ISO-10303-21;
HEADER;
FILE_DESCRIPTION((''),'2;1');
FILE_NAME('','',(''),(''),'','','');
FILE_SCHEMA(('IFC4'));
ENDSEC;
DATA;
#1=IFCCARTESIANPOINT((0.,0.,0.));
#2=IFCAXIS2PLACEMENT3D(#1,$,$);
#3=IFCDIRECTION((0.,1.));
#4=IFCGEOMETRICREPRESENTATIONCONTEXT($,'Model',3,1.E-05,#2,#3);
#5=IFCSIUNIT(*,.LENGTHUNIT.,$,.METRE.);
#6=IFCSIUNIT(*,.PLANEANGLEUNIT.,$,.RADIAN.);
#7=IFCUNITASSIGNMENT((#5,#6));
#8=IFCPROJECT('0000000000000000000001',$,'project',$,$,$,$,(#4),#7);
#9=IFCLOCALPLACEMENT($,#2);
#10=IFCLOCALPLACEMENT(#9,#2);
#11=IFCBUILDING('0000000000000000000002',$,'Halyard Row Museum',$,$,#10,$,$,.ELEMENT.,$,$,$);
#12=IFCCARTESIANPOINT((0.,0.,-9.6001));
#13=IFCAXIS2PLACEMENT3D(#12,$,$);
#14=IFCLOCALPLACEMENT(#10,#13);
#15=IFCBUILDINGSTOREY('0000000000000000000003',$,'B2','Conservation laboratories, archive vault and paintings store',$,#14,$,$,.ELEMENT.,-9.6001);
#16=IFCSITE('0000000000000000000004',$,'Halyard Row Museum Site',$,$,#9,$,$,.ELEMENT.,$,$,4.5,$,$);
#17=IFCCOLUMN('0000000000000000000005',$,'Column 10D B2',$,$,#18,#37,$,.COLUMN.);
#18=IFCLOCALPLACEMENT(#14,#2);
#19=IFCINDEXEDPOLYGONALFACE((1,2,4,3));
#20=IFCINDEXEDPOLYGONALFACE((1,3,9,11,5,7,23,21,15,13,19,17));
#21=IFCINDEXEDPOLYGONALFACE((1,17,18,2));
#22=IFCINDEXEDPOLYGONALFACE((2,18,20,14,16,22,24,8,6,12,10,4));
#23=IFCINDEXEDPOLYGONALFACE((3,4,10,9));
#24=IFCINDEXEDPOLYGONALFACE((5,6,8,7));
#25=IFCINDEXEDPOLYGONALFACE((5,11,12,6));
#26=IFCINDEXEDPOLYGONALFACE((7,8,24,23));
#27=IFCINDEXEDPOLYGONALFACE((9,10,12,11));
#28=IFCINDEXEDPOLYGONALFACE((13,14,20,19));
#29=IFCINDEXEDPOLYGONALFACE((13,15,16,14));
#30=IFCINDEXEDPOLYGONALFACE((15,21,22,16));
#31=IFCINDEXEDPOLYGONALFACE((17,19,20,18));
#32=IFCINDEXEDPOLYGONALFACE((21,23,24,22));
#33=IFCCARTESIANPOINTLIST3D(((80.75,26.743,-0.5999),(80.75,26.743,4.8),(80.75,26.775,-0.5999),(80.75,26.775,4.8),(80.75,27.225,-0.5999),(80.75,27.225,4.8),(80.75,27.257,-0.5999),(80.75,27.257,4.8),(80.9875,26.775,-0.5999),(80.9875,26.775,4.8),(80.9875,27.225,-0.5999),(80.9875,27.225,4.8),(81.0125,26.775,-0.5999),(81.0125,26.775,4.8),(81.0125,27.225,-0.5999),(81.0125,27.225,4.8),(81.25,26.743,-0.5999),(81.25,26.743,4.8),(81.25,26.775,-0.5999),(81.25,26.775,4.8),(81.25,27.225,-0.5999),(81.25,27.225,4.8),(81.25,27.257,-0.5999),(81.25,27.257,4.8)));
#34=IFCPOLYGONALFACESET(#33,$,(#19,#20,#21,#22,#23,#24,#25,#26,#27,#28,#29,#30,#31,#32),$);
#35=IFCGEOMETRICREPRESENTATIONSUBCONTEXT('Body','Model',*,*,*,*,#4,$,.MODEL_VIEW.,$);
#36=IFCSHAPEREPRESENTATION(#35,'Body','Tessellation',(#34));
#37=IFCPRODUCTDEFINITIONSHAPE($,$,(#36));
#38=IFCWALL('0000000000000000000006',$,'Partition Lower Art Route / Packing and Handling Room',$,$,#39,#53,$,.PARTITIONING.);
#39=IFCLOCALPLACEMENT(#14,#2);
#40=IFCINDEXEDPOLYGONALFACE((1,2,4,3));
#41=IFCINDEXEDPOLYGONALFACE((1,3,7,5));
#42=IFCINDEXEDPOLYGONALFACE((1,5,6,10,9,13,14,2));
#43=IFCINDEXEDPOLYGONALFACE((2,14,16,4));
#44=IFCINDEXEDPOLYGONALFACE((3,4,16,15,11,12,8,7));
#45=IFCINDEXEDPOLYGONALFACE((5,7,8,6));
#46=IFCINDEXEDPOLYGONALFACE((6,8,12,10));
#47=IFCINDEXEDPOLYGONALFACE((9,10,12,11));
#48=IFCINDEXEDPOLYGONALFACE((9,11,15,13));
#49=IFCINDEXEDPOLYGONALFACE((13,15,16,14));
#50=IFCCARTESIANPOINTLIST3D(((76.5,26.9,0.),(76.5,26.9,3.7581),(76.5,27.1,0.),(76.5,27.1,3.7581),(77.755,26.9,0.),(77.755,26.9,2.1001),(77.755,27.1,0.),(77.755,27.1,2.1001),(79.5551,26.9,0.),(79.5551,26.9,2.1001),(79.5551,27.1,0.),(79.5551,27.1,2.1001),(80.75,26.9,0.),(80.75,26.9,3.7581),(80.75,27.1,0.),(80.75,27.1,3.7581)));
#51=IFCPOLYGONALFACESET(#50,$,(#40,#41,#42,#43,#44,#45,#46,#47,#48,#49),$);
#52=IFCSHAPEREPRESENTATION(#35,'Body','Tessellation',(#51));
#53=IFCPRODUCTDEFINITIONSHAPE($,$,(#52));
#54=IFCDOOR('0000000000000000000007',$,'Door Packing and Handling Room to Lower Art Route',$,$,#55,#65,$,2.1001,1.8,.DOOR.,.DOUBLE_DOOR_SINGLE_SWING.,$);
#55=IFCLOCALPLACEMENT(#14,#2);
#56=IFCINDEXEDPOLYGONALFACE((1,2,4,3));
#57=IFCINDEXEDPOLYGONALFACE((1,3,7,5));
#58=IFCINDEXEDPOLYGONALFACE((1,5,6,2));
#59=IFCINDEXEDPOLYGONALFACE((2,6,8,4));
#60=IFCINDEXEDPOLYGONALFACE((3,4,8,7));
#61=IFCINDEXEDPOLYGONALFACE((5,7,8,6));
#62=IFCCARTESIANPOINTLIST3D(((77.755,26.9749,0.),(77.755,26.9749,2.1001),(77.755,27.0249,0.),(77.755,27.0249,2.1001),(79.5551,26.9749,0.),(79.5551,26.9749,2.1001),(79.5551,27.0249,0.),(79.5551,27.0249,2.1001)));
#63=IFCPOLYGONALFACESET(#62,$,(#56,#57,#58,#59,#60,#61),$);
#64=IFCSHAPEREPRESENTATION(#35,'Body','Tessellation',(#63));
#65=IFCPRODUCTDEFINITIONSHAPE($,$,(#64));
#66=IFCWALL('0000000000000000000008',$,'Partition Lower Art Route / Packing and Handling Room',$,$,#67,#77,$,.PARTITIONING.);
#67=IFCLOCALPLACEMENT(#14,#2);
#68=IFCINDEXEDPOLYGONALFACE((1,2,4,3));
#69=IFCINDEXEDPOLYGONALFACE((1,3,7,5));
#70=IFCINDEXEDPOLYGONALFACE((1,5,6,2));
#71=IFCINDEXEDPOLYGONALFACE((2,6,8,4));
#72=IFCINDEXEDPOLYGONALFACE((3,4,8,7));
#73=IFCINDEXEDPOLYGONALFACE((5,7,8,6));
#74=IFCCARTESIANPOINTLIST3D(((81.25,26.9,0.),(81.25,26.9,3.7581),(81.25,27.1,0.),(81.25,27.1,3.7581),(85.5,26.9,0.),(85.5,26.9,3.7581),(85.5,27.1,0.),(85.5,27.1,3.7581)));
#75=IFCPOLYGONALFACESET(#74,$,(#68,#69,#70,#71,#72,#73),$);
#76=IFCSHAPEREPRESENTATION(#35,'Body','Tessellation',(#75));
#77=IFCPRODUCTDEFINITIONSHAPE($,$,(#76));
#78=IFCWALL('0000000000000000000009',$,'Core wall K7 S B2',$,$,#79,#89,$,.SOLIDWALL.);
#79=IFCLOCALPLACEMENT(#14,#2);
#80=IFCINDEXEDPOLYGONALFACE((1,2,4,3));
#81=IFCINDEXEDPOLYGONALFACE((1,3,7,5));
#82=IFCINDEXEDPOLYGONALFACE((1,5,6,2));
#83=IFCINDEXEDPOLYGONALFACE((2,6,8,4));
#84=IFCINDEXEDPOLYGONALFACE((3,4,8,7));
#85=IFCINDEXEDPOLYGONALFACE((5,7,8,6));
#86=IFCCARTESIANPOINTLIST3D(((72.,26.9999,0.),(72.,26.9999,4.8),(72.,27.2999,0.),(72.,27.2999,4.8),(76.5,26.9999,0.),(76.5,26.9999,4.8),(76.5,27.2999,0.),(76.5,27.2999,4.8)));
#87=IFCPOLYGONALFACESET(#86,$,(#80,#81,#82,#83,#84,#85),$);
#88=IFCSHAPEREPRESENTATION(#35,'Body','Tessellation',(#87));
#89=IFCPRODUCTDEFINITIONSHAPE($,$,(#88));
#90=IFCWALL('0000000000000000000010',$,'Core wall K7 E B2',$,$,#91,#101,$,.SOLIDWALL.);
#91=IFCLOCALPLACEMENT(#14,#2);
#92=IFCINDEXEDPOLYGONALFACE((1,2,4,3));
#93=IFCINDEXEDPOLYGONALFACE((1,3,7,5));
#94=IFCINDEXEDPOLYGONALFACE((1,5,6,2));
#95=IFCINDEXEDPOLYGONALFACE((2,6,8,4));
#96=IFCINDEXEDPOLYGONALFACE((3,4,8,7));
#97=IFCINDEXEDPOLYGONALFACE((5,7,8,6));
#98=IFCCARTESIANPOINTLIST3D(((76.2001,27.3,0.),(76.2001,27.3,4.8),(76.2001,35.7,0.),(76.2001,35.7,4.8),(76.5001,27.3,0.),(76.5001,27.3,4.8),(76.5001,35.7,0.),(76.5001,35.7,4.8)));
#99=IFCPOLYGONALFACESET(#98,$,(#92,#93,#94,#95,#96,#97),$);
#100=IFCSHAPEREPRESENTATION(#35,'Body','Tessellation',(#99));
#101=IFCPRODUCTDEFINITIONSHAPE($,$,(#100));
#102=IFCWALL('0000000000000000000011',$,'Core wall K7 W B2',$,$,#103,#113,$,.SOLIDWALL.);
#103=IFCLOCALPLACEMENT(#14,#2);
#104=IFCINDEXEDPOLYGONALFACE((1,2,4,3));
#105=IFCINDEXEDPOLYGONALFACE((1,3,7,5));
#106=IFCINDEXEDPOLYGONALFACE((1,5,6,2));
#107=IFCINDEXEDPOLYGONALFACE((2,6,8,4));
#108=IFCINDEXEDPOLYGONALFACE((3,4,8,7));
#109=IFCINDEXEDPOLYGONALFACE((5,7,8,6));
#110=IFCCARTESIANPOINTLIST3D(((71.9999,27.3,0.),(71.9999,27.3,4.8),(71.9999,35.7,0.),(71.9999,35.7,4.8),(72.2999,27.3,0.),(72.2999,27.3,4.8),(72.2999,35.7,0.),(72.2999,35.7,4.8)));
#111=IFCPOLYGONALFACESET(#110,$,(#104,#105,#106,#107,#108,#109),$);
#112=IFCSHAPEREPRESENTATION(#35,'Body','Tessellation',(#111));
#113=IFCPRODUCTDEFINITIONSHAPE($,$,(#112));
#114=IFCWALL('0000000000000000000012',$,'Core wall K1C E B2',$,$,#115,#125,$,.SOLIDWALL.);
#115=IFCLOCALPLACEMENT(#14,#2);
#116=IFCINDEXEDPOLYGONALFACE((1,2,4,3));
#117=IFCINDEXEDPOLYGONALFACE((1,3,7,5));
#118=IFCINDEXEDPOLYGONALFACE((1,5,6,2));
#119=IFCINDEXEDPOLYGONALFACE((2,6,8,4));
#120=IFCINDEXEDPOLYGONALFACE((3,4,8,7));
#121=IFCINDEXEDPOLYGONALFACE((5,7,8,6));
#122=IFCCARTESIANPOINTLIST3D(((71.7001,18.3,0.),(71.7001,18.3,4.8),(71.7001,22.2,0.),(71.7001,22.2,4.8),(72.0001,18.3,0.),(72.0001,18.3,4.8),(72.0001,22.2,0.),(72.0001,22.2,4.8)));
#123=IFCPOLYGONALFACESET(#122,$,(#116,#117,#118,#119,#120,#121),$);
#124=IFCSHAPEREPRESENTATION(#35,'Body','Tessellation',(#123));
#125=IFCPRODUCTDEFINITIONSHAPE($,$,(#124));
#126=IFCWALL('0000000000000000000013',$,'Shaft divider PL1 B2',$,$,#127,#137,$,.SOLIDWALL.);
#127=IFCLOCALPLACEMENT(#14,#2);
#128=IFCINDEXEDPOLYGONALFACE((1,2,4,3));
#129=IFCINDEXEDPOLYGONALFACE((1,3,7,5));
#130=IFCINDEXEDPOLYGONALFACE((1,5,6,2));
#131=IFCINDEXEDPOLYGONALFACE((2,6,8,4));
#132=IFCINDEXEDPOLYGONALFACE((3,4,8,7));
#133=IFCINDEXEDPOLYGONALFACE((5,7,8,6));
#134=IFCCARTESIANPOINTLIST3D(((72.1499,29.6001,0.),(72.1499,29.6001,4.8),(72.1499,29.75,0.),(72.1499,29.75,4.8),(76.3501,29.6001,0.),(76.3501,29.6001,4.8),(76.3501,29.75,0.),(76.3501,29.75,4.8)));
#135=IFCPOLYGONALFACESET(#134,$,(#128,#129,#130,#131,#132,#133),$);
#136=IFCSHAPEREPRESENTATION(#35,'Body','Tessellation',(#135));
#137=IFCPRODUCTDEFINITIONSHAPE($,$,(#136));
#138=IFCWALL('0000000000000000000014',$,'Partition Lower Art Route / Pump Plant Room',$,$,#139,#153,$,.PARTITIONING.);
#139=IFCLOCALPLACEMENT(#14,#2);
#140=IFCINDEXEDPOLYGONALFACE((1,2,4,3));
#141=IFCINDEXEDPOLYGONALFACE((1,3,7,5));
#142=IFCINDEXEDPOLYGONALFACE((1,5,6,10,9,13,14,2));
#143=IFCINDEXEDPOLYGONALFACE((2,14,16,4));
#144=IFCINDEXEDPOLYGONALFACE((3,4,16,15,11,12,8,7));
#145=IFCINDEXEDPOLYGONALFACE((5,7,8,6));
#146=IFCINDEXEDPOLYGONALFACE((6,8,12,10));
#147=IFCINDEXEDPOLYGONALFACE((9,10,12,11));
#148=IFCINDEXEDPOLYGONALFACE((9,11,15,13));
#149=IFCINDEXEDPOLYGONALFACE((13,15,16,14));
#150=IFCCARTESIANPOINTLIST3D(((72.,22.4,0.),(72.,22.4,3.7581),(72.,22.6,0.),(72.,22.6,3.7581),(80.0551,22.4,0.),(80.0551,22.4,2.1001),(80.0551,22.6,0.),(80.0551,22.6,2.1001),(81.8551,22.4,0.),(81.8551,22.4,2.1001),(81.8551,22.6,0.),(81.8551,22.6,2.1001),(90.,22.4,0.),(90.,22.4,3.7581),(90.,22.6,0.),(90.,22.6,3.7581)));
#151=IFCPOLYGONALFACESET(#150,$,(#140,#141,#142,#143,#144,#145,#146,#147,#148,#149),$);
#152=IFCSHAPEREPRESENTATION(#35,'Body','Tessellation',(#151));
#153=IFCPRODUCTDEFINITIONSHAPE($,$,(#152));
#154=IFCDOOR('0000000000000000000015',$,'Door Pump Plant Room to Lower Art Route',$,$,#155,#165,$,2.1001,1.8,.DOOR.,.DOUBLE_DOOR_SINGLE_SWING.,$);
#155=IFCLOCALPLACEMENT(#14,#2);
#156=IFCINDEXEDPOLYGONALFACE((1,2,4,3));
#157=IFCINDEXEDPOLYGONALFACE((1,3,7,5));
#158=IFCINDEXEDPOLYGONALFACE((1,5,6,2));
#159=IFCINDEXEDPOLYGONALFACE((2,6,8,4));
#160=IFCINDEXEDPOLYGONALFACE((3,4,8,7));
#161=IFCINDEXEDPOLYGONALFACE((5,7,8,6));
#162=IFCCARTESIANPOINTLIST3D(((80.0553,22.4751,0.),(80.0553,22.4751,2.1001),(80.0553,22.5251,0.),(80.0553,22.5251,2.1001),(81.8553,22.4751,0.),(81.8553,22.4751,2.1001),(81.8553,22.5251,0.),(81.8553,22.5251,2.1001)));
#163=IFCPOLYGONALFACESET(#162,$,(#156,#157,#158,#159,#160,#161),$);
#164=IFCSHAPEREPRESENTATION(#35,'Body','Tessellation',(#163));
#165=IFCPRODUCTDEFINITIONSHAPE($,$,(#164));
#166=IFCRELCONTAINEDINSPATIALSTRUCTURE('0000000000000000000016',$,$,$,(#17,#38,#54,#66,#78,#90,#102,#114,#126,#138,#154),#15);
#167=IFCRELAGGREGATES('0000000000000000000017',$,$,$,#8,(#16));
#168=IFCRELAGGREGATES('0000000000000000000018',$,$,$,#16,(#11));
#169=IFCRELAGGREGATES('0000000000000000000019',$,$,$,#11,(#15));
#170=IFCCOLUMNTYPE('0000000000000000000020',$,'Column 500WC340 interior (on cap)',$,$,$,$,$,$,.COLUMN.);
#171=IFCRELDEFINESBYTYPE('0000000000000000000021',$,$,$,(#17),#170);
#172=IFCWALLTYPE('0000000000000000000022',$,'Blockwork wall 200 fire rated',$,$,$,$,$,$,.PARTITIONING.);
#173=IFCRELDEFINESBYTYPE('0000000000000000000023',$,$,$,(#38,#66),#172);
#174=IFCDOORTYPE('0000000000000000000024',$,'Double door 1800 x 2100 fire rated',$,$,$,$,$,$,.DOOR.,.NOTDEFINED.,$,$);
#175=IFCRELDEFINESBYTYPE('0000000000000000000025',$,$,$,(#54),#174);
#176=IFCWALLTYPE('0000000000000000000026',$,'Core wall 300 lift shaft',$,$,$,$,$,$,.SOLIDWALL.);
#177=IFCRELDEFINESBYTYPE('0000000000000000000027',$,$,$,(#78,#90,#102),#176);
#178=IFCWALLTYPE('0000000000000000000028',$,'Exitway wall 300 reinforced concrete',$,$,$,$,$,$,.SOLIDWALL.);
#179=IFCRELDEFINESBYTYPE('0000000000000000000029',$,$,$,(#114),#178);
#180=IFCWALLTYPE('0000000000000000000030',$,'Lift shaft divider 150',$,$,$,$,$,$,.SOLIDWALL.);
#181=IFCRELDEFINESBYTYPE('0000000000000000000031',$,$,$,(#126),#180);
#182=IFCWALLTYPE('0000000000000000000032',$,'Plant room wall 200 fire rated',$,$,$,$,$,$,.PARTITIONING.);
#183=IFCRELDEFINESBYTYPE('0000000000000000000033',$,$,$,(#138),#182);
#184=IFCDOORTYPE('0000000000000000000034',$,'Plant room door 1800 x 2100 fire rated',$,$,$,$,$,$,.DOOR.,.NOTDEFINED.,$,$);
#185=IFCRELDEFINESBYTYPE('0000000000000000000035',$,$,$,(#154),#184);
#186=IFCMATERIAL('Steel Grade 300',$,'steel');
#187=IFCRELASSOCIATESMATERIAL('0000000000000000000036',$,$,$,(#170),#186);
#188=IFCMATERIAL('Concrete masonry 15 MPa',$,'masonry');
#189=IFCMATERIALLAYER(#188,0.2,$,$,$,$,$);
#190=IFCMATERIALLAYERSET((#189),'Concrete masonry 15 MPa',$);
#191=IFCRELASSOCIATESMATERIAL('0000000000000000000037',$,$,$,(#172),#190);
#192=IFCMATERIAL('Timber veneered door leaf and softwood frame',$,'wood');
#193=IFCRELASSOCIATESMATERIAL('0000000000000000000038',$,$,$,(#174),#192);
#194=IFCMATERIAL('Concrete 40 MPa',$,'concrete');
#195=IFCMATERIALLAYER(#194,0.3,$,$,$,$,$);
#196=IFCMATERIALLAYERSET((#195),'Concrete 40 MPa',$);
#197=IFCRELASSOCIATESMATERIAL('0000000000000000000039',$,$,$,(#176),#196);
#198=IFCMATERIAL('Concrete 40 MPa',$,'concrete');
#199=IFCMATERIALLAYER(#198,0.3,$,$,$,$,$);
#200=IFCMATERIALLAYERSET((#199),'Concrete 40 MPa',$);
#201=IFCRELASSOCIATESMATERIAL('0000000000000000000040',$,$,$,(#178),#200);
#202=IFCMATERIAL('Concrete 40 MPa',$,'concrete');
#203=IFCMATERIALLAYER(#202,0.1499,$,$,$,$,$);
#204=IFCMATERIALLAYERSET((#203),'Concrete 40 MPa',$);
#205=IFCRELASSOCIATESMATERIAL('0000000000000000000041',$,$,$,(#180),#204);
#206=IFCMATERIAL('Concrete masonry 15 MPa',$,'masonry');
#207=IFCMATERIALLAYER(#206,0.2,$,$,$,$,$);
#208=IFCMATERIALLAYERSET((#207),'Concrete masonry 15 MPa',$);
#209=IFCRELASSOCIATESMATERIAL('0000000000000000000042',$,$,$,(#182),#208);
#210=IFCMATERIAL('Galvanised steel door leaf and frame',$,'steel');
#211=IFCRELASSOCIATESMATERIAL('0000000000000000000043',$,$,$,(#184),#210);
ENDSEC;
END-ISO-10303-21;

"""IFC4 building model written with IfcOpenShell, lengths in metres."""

from ifc_helpers import new_model, si_unit, direction, frame, frame_2d, origin, origin_2d, place, context, subcontext, project, spatial, rectangle, i_section, extrude, material, layer, layer_set, material_profile, profile_set, type_object, element, fill, save


model = new_model("IFC4")

# Units and contexts
model_context = context("Model", 3, precision=1e-05, world=origin(), true_north=direction((0.0, 1.0)))
body_context = subcontext(model_context, "Body", "Model", "MODEL_VIEW")
ifc_project = project(units=[si_unit("LENGTHUNIT", "METRE"), si_unit("PLANEANGLEUNIT", "RADIAN")], contexts=[model_context])

# Site, building, storey
site_placement = place(None, origin())
site = spatial("IfcSite", under=ifc_project, at=site_placement, Name="Halyard Row Museum Site", CompositionType="ELEMENT", RefElevation=4.5)
building_placement = place(site_placement, origin())
building = spatial("IfcBuilding", under=site, at=building_placement, Name="Halyard Row Museum", CompositionType="ELEMENT")
storey_placement = place(building_placement, frame((0.0, 0.0, -9.6001)))
storey = spatial("IfcBuildingStorey", under=building, at=storey_placement, Name="B2", Description="Conservation laboratories, archive vault and paintings store", CompositionType="ELEMENT", Elevation=-9.6001)

# Column
ifc_material_1 = material(Name="Steel Grade 300", Category="steel")
ifc_material_profile_1 = material_profile(ifc_material_1, i_section(OverallWidth=0.5, OverallDepth=0.5139, WebThickness=0.0249, FlangeThickness=0.032, at=origin_2d()), Name="500WC340")
ifc_profile_set_1 = profile_set([ifc_material_profile_1], Name="Steel Grade 300")
column_type_1 = type_object("IfcColumnType", Name="Column 500WC340 interior (on cap)", PredefinedType="COLUMN", material=ifc_profile_set_1)
column_1_placement = place(storey_placement, frame((81.0, 27.0, -0.5999), z_axis=(0.0, 0.0, 1.0), x_axis=(1.0, 0.0, 0.0)))
element("IfcColumn", 1, at=column_1_placement, inside=storey, type_object=column_type_1, Name="Column 10D B2", PredefinedType="COLUMN", context=body_context, shape_type="SweptSolid", body=[
    extrude(i_section(OverallWidth=0.5, OverallDepth=0.5139, WebThickness=0.0249, FlangeThickness=0.032, at=origin_2d()), origin(), (0.0, 0.0, 1.0), 5.3999),
])

# Wall, opening, door
ifc_material_2 = material(Name="Concrete masonry 15 MPa", Category="masonry")
ifc_layer_1 = layer(ifc_material_2, 0.2)
ifc_layer_set_1 = layer_set([ifc_layer_1], Name="Concrete masonry 15 MPa")
wall_type_1 = type_object("IfcWallType", Name="Blockwork wall 200 fire rated", PredefinedType="PARTITIONING", material=ifc_layer_set_1)
wall_1_placement = place(storey_placement, frame((76.5, 27.0, 0.0), z_axis=(0.0, 0.0, 1.0), x_axis=(1.0, 0.0, 0.0)))
wall_1 = element("IfcWall", 2, at=wall_1_placement, inside=storey, type_object=wall_type_1, Name="Partition Lower Art Route / Packing and Handling Room", PredefinedType="PARTITIONING", context=body_context, shape_type="SweptSolid", body=[
    extrude(rectangle(XDim=4.25, YDim=0.2, at=frame_2d((2.125, 0.0))), origin(), (0.0, 0.0, 1.0), 3.7581),
])
opening_1_placement = place(wall_1_placement, frame((1.2551, 0.0, 0.0)))
opening_1 = element("IfcOpeningElement", 3, at=opening_1_placement, cuts=wall_1, PredefinedType="OPENING", context=body_context, shape_type="SweptSolid", body=[
    extrude(rectangle(XDim=1.8, YDim=2.1001, at=frame_2d((0.8999, 1.05))), frame((0.0, 0.1099, 0.0), z_axis=(0.0, -1.0, 0.0), x_axis=(1.0, 0.0, 0.0)), (0.0, 0.0, 1.0), 0.22),
])
ifc_material_3 = material(Name="Timber veneered door leaf and softwood frame", Category="wood")
door_type_1 = type_object("IfcDoorType", Name="Double door 1800 x 2100 fire rated", OperationType="NOTDEFINED", PredefinedType="DOOR", material=ifc_material_3)
door_1_placement = place(opening_1_placement, origin())
door_1 = element("IfcDoor", 4, at=door_1_placement, inside=storey, type_object=door_type_1, Name="Door Packing and Handling Room to Lower Art Route", OperationType="DOUBLE_DOOR_SINGLE_SWING", OverallHeight=2.1001, OverallWidth=1.8, PredefinedType="DOOR", context=body_context, shape_type="SweptSolid", body=[
    extrude(rectangle(XDim=1.8, YDim=2.1001, at=frame_2d((0.8999, 1.05))), frame((0.0, 0.0249, 0.0), z_axis=(0.0, -1.0, 0.0), x_axis=(1.0, 0.0, 0.0)), (0.0, 0.0, 1.0), 0.05),
])
fill(opening_1, door_1)

# Walls
wall_2_placement = place(storey_placement, frame((81.25, 27.0, 0.0), z_axis=(0.0, 0.0, 1.0), x_axis=(1.0, 0.0, 0.0)))
element("IfcWall", 5, at=wall_2_placement, inside=storey, type_object=wall_type_1, Name="Partition Lower Art Route / Packing and Handling Room", PredefinedType="PARTITIONING", context=body_context, shape_type="SweptSolid", body=[
    extrude(rectangle(XDim=4.25, YDim=0.2, at=frame_2d((2.125, 0.0))), origin(), (0.0, 0.0, 1.0), 3.7581),
])
ifc_material_4 = material(Name="Concrete 40 MPa", Category="concrete")
ifc_layer_2 = layer(ifc_material_4, 0.3)
ifc_layer_set_2 = layer_set([ifc_layer_2], Name="Concrete 40 MPa")
wall_type_2 = type_object("IfcWallType", Name="Core wall 300 lift shaft", PredefinedType="SOLIDWALL", material=ifc_layer_set_2)
wall_3_placement = place(storey_placement, frame((72.0, 27.1499, 0.0), z_axis=(0.0, 0.0, 1.0), x_axis=(1.0, 0.0, 0.0)))
element("IfcWall", 6, at=wall_3_placement, inside=storey, type_object=wall_type_2, Name="Core wall K7 S B2", PredefinedType="SOLIDWALL", context=body_context, shape_type="SweptSolid", body=[
    extrude(rectangle(XDim=4.5, YDim=0.3, at=frame_2d((2.25, 0.0))), origin(), (0.0, 0.0, 1.0), 4.8),
])
for number, where, z_axis, x_axis, name in (
    (7, (76.3501, 27.3, 0.0), (0.0, 0.0, 1.0), (0.0, 1.0, 0.0), "Core wall K7 E B2"),
    (8, (72.1499, 27.3, 0.0), (0.0, 0.0, 1.0), (0.0, 1.0, 0.0), "Core wall K7 W B2"),
):
    element("IfcWall", number, at=place(storey_placement, frame(where, z_axis=z_axis, x_axis=x_axis)), inside=storey, type_object=wall_type_2, Name=name, PredefinedType="SOLIDWALL", context=body_context, shape_type="SweptSolid", body=[
        extrude(rectangle(XDim=8.3999, YDim=0.3, at=frame_2d((4.2, 0.0))), origin(), (0.0, 0.0, 1.0), 4.8),
    ])
ifc_material_5 = material(Name="Concrete 40 MPa", Category="concrete")
ifc_layer_3 = layer(ifc_material_5, 0.3)
ifc_layer_set_3 = layer_set([ifc_layer_3], Name="Concrete 40 MPa")
wall_type_3 = type_object("IfcWallType", Name="Exitway wall 300 reinforced concrete", PredefinedType="SOLIDWALL", material=ifc_layer_set_3)
wall_4_placement = place(storey_placement, frame((71.8501, 18.3, 0.0), z_axis=(0.0, 0.0, 1.0), x_axis=(0.0, 1.0, 0.0)))
element("IfcWall", 9, at=wall_4_placement, inside=storey, type_object=wall_type_3, Name="Core wall K1C E B2", PredefinedType="SOLIDWALL", context=body_context, shape_type="SweptSolid", body=[
    extrude(rectangle(XDim=3.8999, YDim=0.3, at=frame_2d((1.95, 0.0))), origin(), (0.0, 0.0, 1.0), 4.8),
])
ifc_material_6 = material(Name="Concrete 40 MPa", Category="concrete")
ifc_layer_4 = layer(ifc_material_6, 0.1499)
ifc_layer_set_4 = layer_set([ifc_layer_4], Name="Concrete 40 MPa")
wall_type_4 = type_object("IfcWallType", Name="Lift shaft divider 150", PredefinedType="SOLIDWALL", material=ifc_layer_set_4)
wall_5_placement = place(storey_placement, frame((72.1499, 29.675, 0.0), z_axis=(0.0, 0.0, 1.0), x_axis=(1.0, 0.0, 0.0)))
element("IfcWall", 10, at=wall_5_placement, inside=storey, type_object=wall_type_4, Name="Shaft divider PL1 B2", PredefinedType="SOLIDWALL", context=body_context, shape_type="SweptSolid", body=[
    extrude(rectangle(XDim=4.2002, YDim=0.1499, at=frame_2d((2.1001, 0.0))), origin(), (0.0, 0.0, 1.0), 4.8),
])

# Wall, opening, door
ifc_material_7 = material(Name="Concrete masonry 15 MPa", Category="masonry")
ifc_layer_5 = layer(ifc_material_7, 0.2)
ifc_layer_set_5 = layer_set([ifc_layer_5], Name="Concrete masonry 15 MPa")
wall_type_5 = type_object("IfcWallType", Name="Plant room wall 200 fire rated", PredefinedType="PARTITIONING", material=ifc_layer_set_5)
wall_6_placement = place(storey_placement, frame((72.0, 22.5, 0.0), z_axis=(0.0, 0.0, 1.0), x_axis=(1.0, 0.0, 0.0)))
wall_6 = element("IfcWall", 11, at=wall_6_placement, inside=storey, type_object=wall_type_5, Name="Partition Lower Art Route / Pump Plant Room", PredefinedType="PARTITIONING", context=body_context, shape_type="SweptSolid", body=[
    extrude(rectangle(XDim=18.0, YDim=0.2, at=frame_2d((9.0, 0.0))), origin(), (0.0, 0.0, 1.0), 3.7581),
])
opening_2_placement = place(wall_6_placement, frame((8.0552, 0.0, 0.0)))
opening_2 = element("IfcOpeningElement", 12, at=opening_2_placement, cuts=wall_6, PredefinedType="OPENING", context=body_context, shape_type="SweptSolid", body=[
    extrude(rectangle(XDim=1.8, YDim=2.1001, at=frame_2d((0.8999, 1.05))), frame((0.0, 0.1099, 0.0), z_axis=(0.0, -1.0, 0.0), x_axis=(1.0, 0.0, 0.0)), (0.0, 0.0, 1.0), 0.22),
])
ifc_material_8 = material(Name="Galvanised steel door leaf and frame", Category="steel")
door_type_2 = type_object("IfcDoorType", Name="Plant room door 1800 x 2100 fire rated", OperationType="NOTDEFINED", PredefinedType="DOOR", material=ifc_material_8)
door_2_placement = place(opening_2_placement, frame((1.8, 0.0, 0.0), z_axis=(0.0, 0.0, 1.0), x_axis=(-1.0, 0.0, 0.0)))
door_2 = element("IfcDoor", 13, at=door_2_placement, inside=storey, type_object=door_type_2, Name="Door Pump Plant Room to Lower Art Route", OperationType="DOUBLE_DOOR_SINGLE_SWING", OverallHeight=2.1001, OverallWidth=1.8, PredefinedType="DOOR", context=body_context, shape_type="SweptSolid", body=[
    extrude(rectangle(XDim=1.8, YDim=2.1001, at=frame_2d((0.8999, 1.05))), frame((0.0, 0.0249, 0.0), z_axis=(0.0, -1.0, 0.0), x_axis=(1.0, 0.0, 0.0)), (0.0, 0.0, 1.0), 0.05),
])
fill(opening_2, door_2)

save(model, "model.ifc")
